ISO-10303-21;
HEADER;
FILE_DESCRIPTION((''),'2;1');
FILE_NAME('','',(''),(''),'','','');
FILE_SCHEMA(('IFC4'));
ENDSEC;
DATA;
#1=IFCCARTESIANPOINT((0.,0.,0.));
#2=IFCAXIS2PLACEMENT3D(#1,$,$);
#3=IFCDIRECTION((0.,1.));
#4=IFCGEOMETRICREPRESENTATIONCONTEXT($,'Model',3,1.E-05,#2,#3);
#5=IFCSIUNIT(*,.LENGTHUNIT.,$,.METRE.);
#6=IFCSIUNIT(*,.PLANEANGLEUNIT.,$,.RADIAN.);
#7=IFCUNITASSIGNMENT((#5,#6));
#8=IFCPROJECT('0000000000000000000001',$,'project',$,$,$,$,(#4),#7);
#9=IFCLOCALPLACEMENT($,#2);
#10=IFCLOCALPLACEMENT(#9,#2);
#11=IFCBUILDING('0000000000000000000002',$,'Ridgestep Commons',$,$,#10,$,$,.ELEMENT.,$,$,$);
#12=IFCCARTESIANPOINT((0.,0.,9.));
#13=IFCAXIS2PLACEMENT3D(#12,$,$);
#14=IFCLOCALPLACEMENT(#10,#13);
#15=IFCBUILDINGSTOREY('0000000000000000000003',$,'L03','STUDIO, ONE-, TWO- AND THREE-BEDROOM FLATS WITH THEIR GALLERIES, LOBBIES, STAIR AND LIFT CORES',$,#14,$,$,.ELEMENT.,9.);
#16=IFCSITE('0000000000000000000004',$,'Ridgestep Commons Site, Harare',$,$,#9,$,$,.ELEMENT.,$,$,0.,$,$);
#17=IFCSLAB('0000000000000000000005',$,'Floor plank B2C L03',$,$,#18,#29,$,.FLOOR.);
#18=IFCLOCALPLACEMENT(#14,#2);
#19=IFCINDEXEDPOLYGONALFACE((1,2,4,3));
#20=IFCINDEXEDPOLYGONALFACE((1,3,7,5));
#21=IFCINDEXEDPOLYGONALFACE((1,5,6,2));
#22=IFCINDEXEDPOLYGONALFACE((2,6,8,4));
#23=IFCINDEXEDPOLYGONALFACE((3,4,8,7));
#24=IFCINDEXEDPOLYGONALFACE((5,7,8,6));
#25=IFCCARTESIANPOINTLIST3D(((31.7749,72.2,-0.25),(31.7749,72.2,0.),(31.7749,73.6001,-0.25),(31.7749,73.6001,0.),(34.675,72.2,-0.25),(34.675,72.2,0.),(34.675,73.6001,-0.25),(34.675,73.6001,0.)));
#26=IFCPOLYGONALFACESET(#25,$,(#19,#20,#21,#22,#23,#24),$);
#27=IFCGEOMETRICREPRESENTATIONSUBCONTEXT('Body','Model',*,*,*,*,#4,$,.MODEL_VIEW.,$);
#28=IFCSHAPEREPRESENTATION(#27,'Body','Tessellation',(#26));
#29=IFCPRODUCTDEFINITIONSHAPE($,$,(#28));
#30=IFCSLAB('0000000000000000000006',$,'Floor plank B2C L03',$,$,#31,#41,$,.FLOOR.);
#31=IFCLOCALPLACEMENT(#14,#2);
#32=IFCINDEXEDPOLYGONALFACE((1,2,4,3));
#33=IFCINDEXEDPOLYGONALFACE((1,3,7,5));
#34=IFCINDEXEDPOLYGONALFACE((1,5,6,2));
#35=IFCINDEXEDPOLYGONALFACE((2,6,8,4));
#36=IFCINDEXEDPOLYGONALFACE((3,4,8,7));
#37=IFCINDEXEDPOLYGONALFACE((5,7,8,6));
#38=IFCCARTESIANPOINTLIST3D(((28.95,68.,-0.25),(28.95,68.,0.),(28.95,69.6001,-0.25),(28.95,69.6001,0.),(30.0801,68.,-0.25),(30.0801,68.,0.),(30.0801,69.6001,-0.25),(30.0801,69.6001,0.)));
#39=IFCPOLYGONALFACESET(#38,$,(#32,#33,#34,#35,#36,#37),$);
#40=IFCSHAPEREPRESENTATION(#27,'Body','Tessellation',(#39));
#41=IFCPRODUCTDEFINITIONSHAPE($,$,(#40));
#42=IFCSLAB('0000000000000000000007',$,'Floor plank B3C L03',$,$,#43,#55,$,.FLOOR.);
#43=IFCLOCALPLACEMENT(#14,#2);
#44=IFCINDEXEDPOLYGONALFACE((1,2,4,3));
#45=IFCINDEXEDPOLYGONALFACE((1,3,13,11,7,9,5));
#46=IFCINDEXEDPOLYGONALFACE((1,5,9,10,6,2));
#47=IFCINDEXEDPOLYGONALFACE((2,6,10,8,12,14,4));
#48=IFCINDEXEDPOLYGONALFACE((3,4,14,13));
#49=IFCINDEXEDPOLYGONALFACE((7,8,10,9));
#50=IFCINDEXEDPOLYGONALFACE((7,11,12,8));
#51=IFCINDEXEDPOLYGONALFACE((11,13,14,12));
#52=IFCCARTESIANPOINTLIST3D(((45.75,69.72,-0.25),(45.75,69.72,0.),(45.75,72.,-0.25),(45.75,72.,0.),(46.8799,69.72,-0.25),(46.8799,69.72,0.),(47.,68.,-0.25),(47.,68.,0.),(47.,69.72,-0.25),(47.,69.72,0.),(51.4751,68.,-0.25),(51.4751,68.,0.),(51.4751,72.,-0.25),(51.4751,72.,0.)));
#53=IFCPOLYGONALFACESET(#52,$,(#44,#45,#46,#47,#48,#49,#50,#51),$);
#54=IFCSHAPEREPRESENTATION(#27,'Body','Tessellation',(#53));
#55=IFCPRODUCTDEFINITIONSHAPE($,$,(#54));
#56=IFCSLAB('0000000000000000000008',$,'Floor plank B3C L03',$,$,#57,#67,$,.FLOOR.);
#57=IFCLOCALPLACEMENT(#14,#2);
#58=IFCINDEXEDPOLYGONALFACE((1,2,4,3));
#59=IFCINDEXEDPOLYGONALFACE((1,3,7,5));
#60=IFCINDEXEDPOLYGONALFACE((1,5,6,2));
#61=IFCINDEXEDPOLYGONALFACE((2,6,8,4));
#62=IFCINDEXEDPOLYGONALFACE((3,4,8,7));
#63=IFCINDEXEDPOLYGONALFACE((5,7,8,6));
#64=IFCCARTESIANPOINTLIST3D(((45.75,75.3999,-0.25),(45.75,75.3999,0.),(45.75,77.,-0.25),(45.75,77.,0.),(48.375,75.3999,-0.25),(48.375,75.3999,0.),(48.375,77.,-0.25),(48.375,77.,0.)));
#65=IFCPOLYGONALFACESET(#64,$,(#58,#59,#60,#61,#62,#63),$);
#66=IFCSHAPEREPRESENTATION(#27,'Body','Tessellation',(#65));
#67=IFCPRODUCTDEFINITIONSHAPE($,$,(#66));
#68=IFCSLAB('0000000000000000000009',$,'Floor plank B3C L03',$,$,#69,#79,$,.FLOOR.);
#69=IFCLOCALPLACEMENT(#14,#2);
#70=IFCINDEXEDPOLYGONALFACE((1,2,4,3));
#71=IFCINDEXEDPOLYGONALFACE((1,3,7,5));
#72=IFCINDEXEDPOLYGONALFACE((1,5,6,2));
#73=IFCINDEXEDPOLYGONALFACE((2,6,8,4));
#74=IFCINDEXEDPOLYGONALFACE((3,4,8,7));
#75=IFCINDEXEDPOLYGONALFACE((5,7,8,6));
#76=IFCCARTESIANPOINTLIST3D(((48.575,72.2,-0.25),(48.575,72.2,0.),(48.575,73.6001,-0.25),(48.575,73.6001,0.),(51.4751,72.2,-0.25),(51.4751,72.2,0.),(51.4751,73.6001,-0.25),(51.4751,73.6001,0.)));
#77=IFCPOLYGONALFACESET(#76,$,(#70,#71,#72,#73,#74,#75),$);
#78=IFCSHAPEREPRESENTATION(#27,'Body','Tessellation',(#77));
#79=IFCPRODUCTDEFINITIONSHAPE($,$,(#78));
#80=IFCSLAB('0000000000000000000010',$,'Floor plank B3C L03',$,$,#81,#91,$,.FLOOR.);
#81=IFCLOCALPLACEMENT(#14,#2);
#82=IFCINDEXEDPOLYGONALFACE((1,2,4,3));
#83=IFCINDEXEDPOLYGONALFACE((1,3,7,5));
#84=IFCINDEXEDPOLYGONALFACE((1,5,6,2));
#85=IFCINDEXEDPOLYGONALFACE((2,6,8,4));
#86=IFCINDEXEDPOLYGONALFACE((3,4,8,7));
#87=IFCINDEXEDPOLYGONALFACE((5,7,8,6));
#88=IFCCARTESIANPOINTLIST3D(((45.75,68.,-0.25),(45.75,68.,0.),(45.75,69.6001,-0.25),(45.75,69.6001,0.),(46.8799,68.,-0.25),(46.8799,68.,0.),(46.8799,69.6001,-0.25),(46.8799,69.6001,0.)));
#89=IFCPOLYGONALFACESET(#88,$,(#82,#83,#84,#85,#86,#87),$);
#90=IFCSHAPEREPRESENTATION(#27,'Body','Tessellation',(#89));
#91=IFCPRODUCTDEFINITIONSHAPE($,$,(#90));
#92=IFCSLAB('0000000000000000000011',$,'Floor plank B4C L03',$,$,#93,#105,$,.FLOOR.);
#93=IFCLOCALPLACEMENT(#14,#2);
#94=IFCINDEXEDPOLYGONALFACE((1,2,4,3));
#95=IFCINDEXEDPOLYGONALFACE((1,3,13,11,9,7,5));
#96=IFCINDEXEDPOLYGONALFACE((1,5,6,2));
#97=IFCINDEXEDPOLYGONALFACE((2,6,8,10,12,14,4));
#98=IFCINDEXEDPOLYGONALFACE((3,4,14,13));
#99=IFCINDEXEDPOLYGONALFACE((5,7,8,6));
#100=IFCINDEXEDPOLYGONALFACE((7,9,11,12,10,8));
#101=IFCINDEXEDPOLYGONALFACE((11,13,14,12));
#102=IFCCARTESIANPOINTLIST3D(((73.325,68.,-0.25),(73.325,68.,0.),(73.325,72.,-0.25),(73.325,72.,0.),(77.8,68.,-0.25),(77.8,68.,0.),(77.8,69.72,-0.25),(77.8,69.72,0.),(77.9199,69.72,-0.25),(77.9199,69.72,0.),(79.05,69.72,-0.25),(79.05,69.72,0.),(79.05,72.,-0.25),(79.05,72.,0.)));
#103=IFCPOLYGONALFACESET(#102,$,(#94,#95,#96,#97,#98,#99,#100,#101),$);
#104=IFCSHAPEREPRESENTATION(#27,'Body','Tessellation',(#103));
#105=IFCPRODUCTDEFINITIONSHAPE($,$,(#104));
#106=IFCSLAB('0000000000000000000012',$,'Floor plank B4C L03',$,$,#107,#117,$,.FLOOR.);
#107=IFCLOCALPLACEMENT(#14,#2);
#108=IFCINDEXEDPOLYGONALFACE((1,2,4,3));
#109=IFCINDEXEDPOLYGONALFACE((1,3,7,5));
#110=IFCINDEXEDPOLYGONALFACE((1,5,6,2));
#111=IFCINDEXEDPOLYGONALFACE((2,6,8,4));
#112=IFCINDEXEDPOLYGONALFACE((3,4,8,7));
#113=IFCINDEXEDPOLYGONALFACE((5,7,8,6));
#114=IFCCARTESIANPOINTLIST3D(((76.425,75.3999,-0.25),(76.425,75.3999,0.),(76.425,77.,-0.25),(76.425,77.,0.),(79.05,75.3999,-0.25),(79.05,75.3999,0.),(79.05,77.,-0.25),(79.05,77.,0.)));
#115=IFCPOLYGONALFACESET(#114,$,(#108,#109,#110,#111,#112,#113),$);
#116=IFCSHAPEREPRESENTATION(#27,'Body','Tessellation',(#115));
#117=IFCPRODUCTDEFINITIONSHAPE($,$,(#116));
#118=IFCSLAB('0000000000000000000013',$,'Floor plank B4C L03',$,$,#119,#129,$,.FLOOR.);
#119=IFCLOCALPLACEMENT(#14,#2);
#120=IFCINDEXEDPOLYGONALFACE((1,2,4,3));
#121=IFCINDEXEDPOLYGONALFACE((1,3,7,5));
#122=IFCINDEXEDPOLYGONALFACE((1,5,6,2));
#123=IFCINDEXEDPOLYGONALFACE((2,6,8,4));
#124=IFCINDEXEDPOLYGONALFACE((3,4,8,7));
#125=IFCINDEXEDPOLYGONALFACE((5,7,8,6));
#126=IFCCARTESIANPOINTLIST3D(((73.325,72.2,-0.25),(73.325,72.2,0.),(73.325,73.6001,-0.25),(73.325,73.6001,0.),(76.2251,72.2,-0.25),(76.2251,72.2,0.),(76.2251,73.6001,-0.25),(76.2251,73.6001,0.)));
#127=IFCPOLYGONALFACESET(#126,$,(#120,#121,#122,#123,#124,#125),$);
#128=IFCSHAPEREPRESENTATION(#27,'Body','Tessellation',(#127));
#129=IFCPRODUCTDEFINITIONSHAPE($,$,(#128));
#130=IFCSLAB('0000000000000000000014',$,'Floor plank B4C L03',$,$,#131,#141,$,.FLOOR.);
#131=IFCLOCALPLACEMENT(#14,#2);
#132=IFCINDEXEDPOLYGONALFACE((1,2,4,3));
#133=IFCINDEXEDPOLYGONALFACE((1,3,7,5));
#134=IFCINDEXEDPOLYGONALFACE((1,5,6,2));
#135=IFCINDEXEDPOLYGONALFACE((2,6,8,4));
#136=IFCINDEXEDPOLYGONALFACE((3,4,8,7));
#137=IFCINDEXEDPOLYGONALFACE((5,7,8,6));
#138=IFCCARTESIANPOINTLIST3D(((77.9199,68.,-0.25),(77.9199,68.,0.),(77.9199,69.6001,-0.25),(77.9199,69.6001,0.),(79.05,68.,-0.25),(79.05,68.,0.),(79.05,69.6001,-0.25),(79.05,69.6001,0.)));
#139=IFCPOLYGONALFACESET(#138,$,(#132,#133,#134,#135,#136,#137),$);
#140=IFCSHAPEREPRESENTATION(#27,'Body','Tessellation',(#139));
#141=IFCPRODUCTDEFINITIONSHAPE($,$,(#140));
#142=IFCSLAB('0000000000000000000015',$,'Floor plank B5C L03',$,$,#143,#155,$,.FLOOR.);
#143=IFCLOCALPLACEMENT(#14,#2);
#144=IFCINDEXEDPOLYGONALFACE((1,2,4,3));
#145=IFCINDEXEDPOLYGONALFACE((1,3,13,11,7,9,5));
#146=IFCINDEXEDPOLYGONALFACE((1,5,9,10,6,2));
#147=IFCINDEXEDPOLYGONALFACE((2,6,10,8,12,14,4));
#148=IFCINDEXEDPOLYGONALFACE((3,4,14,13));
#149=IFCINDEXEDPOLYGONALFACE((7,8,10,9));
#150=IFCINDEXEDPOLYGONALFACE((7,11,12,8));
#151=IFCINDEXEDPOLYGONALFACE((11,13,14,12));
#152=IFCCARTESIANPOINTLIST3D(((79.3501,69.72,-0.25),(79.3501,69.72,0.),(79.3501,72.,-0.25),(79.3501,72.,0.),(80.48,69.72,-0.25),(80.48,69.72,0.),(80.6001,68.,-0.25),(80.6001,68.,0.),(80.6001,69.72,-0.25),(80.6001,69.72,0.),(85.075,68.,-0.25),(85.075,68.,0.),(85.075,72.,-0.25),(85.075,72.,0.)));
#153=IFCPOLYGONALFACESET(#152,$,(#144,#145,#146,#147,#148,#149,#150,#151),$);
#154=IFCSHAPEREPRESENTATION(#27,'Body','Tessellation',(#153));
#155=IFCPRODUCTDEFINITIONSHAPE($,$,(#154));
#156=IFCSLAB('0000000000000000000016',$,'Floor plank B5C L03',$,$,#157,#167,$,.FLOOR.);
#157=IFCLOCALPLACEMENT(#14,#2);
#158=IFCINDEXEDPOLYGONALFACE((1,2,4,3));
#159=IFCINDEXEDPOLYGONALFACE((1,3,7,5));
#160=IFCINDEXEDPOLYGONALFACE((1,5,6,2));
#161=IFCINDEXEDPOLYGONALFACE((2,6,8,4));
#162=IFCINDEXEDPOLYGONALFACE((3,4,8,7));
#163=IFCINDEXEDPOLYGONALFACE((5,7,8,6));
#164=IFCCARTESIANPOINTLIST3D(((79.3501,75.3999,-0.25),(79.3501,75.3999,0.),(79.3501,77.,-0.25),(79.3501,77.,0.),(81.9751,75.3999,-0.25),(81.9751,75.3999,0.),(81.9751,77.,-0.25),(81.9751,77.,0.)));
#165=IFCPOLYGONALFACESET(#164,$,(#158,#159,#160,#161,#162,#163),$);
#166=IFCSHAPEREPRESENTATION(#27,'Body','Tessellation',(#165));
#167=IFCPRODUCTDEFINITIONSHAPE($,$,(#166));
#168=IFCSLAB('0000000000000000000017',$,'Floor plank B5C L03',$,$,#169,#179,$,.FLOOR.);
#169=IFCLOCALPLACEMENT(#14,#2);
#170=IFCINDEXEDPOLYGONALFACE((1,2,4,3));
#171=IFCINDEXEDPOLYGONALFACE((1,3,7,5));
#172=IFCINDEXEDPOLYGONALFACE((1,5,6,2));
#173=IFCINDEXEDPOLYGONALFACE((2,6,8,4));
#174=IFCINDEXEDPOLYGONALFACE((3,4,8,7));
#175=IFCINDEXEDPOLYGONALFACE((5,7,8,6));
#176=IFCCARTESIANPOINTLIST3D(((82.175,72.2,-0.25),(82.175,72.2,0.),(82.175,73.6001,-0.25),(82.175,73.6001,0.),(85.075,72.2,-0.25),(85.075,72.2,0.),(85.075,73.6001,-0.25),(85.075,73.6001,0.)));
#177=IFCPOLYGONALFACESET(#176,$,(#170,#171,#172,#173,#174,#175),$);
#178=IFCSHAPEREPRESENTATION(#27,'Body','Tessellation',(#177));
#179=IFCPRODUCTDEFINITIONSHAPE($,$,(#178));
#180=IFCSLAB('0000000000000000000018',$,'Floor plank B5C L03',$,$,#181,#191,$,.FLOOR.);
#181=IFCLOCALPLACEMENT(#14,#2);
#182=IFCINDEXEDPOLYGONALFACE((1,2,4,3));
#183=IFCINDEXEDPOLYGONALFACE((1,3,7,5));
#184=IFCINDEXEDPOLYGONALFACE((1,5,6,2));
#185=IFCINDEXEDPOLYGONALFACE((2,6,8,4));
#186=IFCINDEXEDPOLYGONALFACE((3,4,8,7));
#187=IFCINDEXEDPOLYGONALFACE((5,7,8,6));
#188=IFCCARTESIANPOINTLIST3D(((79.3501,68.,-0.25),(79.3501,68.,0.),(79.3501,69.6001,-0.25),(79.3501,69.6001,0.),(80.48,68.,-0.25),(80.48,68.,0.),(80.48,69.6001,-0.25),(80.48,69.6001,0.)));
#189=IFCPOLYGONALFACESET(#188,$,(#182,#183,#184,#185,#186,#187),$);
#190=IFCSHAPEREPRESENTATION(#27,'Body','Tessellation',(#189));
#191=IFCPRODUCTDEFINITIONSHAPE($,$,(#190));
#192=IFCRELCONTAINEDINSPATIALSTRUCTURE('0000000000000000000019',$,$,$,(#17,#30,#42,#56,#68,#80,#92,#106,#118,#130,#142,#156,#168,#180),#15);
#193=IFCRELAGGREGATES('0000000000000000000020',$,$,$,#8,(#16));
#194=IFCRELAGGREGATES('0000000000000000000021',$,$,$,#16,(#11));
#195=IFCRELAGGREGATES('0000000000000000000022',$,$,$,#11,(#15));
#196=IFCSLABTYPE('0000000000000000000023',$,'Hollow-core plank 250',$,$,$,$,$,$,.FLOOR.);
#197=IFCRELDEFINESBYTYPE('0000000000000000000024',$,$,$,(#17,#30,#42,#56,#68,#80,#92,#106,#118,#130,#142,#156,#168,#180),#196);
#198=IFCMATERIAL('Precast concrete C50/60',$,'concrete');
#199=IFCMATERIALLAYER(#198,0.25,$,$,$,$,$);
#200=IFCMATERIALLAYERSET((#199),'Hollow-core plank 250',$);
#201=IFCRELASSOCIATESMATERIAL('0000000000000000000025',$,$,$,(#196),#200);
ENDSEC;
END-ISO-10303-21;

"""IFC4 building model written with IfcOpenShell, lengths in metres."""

from ifc_helpers import new_model, si_unit, direction, frame, origin, place, context, subcontext, project, spatial, polyline, outline, extrude, material, layer, layer_set, type_object, element, save


model = new_model("IFC4")

# Units and contexts
model_context = context("Model", 3, precision=1e-05, world=origin(), true_north=direction((0.0, 1.0)))
body_context = subcontext(model_context, "Body", "Model", "MODEL_VIEW")
ifc_project = project(units=[si_unit("LENGTHUNIT", "METRE"), si_unit("PLANEANGLEUNIT", "RADIAN")], contexts=[model_context])

# Site, building, storey
site_placement = place(None, origin())
site = spatial("IfcSite", under=ifc_project, at=site_placement, Name="Ridgestep Commons Site, Harare", CompositionType="ELEMENT", RefElevation=0.0)
building_placement = place(site_placement, origin())
building = spatial("IfcBuilding", under=site, at=building_placement, Name="Ridgestep Commons", CompositionType="ELEMENT")
storey_placement = place(building_placement, frame((0.0, 0.0, 9.0)))
storey = spatial("IfcBuildingStorey", under=building, at=storey_placement, Name="L03", Description="STUDIO, ONE-, TWO- AND THREE-BEDROOM FLATS WITH THEIR GALLERIES, LOBBIES, STAIR AND LIFT CORES", CompositionType="ELEMENT", Elevation=9.0)

# Slabs
ifc_material = material(Name="Precast concrete C50/60", Category="concrete")
ifc_layer = layer(ifc_material, 0.25)
ifc_layer_set = layer_set([ifc_layer], Name="Hollow-core plank 250")
slab_type = type_object("IfcSlabType", Name="Hollow-core plank 250", PredefinedType="FLOOR", material=ifc_layer_set)
slab_1_placement = place(storey_placement, frame((0.0, 0.0, -0.25)))
element("IfcSlab", 1, at=slab_1_placement, inside=storey, type_object=slab_type, Name="Floor plank B2C L03", PredefinedType="FLOOR", context=body_context, shape_type="SweptSolid", body=[
    extrude(outline(polyline([(34.675, 72.2), (34.675, 73.6001), (31.7749, 73.6001), (31.7749, 72.2), (34.675, 72.2)])), origin(), (0.0, 0.0, 1.0), 0.25),
])
slab_2_placement = place(storey_placement, frame((0.0, 0.0, -0.25)))
element("IfcSlab", 2, at=slab_2_placement, inside=storey, type_object=slab_type, Name="Floor plank B2C L03", PredefinedType="FLOOR", context=body_context, shape_type="SweptSolid", body=[
    extrude(outline(polyline([(30.0801, 69.6001), (28.95, 69.6001), (28.95, 68.0), (30.0801, 68.0), (30.0801, 69.6001)])), origin(), (0.0, 0.0, 1.0), 0.25),
])
slab_3_placement = place(storey_placement, frame((0.0, 0.0, -0.25)))
element("IfcSlab", 3, at=slab_3_placement, inside=storey, type_object=slab_type, Name="Floor plank B3C L03", PredefinedType="FLOOR", context=body_context, shape_type="SweptSolid", body=[
    extrude(outline(polyline([(47.0, 68.0), (51.4751, 68.0), (51.4751, 72.0), (45.75, 72.0), (45.75, 69.72), (46.8799, 69.72), (47.0, 69.72), (47.0, 68.0)])), origin(), (0.0, 0.0, 1.0), 0.25),
])
slab_4_placement = place(storey_placement, frame((0.0, 0.0, -0.25)))
element("IfcSlab", 4, at=slab_4_placement, inside=storey, type_object=slab_type, Name="Floor plank B3C L03", PredefinedType="FLOOR", context=body_context, shape_type="SweptSolid", body=[
    extrude(outline(polyline([(48.375, 77.0), (45.75, 77.0), (45.75, 75.3999), (48.375, 75.3999), (48.375, 77.0)])), origin(), (0.0, 0.0, 1.0), 0.25),
])
slab_5_placement = place(storey_placement, frame((0.0, 0.0, -0.25)))
element("IfcSlab", 5, at=slab_5_placement, inside=storey, type_object=slab_type, Name="Floor plank B3C L03", PredefinedType="FLOOR", context=body_context, shape_type="SweptSolid", body=[
    extrude(outline(polyline([(51.4751, 72.2), (51.4751, 73.6001), (48.575, 73.6001), (48.575, 72.2), (51.4751, 72.2)])), origin(), (0.0, 0.0, 1.0), 0.25),
])
slab_6_placement = place(storey_placement, frame((0.0, 0.0, -0.25)))
element("IfcSlab", 6, at=slab_6_placement, inside=storey, type_object=slab_type, Name="Floor plank B3C L03", PredefinedType="FLOOR", context=body_context, shape_type="SweptSolid", body=[
    extrude(outline(polyline([(46.8799, 69.6001), (45.75, 69.6001), (45.75, 68.0), (46.8799, 68.0), (46.8799, 69.6001)])), origin(), (0.0, 0.0, 1.0), 0.25),
])
slab_7_placement = place(storey_placement, frame((0.0, 0.0, -0.25)))
element("IfcSlab", 7, at=slab_7_placement, inside=storey, type_object=slab_type, Name="Floor plank B4C L03", PredefinedType="FLOOR", context=body_context, shape_type="SweptSolid", body=[
    extrude(outline(polyline([(77.9199, 69.72), (79.05, 69.72), (79.05, 72.0), (73.325, 72.0), (73.325, 68.0), (77.8, 68.0), (77.8, 69.72), (77.9199, 69.72)])), origin(), (0.0, 0.0, 1.0), 0.25),
])
slab_8_placement = place(storey_placement, frame((0.0, 0.0, -0.25)))
element("IfcSlab", 8, at=slab_8_placement, inside=storey, type_object=slab_type, Name="Floor plank B4C L03", PredefinedType="FLOOR", context=body_context, shape_type="SweptSolid", body=[
    extrude(outline(polyline([(79.05, 75.3999), (79.05, 77.0), (76.425, 77.0), (76.425, 75.3999), (79.05, 75.3999)])), origin(), (0.0, 0.0, 1.0), 0.25),
])
slab_9_placement = place(storey_placement, frame((0.0, 0.0, -0.25)))
element("IfcSlab", 9, at=slab_9_placement, inside=storey, type_object=slab_type, Name="Floor plank B4C L03", PredefinedType="FLOOR", context=body_context, shape_type="SweptSolid", body=[
    extrude(outline(polyline([(76.2251, 72.2), (76.2251, 73.6001), (73.325, 73.6001), (73.325, 72.2), (76.2251, 72.2)])), origin(), (0.0, 0.0, 1.0), 0.25),
])
slab_10_placement = place(storey_placement, frame((0.0, 0.0, -0.25)))
element("IfcSlab", 10, at=slab_10_placement, inside=storey, type_object=slab_type, Name="Floor plank B4C L03", PredefinedType="FLOOR", context=body_context, shape_type="SweptSolid", body=[
    extrude(outline(polyline([(77.9199, 68.0), (79.05, 68.0), (79.05, 69.6001), (77.9199, 69.6001), (77.9199, 68.0)])), origin(), (0.0, 0.0, 1.0), 0.25),
])
slab_11_placement = place(storey_placement, frame((0.0, 0.0, -0.25)))
element("IfcSlab", 11, at=slab_11_placement, inside=storey, type_object=slab_type, Name="Floor plank B5C L03", PredefinedType="FLOOR", context=body_context, shape_type="SweptSolid", body=[
    extrude(outline(polyline([(80.6001, 68.0), (85.075, 68.0), (85.075, 72.0), (79.3501, 72.0), (79.3501, 69.72), (80.48, 69.72), (80.6001, 69.72), (80.6001, 68.0)])), origin(), (0.0, 0.0, 1.0), 0.25),
])
slab_12_placement = place(storey_placement, frame((0.0, 0.0, -0.25)))
element("IfcSlab", 12, at=slab_12_placement, inside=storey, type_object=slab_type, Name="Floor plank B5C L03", PredefinedType="FLOOR", context=body_context, shape_type="SweptSolid", body=[
    extrude(outline(polyline([(81.9751, 77.0), (79.3501, 77.0), (79.3501, 75.3999), (81.9751, 75.3999), (81.9751, 77.0)])), origin(), (0.0, 0.0, 1.0), 0.25),
])
slab_13_placement = place(storey_placement, frame((0.0, 0.0, -0.25)))
element("IfcSlab", 13, at=slab_13_placement, inside=storey, type_object=slab_type, Name="Floor plank B5C L03", PredefinedType="FLOOR", context=body_context, shape_type="SweptSolid", body=[
    extrude(outline(polyline([(85.075, 72.2), (85.075, 73.6001), (82.175, 73.6001), (82.175, 72.2), (85.075, 72.2)])), origin(), (0.0, 0.0, 1.0), 0.25),
])
slab_14_placement = place(storey_placement, frame((0.0, 0.0, -0.25)))
element("IfcSlab", 14, at=slab_14_placement, inside=storey, type_object=slab_type, Name="Floor plank B5C L03", PredefinedType="FLOOR", context=body_context, shape_type="SweptSolid", body=[
    extrude(outline(polyline([(80.48, 69.6001), (79.3501, 69.6001), (79.3501, 68.0), (80.48, 68.0), (80.48, 69.6001)])), origin(), (0.0, 0.0, 1.0), 0.25),
])

save(model, "model.ifc")
